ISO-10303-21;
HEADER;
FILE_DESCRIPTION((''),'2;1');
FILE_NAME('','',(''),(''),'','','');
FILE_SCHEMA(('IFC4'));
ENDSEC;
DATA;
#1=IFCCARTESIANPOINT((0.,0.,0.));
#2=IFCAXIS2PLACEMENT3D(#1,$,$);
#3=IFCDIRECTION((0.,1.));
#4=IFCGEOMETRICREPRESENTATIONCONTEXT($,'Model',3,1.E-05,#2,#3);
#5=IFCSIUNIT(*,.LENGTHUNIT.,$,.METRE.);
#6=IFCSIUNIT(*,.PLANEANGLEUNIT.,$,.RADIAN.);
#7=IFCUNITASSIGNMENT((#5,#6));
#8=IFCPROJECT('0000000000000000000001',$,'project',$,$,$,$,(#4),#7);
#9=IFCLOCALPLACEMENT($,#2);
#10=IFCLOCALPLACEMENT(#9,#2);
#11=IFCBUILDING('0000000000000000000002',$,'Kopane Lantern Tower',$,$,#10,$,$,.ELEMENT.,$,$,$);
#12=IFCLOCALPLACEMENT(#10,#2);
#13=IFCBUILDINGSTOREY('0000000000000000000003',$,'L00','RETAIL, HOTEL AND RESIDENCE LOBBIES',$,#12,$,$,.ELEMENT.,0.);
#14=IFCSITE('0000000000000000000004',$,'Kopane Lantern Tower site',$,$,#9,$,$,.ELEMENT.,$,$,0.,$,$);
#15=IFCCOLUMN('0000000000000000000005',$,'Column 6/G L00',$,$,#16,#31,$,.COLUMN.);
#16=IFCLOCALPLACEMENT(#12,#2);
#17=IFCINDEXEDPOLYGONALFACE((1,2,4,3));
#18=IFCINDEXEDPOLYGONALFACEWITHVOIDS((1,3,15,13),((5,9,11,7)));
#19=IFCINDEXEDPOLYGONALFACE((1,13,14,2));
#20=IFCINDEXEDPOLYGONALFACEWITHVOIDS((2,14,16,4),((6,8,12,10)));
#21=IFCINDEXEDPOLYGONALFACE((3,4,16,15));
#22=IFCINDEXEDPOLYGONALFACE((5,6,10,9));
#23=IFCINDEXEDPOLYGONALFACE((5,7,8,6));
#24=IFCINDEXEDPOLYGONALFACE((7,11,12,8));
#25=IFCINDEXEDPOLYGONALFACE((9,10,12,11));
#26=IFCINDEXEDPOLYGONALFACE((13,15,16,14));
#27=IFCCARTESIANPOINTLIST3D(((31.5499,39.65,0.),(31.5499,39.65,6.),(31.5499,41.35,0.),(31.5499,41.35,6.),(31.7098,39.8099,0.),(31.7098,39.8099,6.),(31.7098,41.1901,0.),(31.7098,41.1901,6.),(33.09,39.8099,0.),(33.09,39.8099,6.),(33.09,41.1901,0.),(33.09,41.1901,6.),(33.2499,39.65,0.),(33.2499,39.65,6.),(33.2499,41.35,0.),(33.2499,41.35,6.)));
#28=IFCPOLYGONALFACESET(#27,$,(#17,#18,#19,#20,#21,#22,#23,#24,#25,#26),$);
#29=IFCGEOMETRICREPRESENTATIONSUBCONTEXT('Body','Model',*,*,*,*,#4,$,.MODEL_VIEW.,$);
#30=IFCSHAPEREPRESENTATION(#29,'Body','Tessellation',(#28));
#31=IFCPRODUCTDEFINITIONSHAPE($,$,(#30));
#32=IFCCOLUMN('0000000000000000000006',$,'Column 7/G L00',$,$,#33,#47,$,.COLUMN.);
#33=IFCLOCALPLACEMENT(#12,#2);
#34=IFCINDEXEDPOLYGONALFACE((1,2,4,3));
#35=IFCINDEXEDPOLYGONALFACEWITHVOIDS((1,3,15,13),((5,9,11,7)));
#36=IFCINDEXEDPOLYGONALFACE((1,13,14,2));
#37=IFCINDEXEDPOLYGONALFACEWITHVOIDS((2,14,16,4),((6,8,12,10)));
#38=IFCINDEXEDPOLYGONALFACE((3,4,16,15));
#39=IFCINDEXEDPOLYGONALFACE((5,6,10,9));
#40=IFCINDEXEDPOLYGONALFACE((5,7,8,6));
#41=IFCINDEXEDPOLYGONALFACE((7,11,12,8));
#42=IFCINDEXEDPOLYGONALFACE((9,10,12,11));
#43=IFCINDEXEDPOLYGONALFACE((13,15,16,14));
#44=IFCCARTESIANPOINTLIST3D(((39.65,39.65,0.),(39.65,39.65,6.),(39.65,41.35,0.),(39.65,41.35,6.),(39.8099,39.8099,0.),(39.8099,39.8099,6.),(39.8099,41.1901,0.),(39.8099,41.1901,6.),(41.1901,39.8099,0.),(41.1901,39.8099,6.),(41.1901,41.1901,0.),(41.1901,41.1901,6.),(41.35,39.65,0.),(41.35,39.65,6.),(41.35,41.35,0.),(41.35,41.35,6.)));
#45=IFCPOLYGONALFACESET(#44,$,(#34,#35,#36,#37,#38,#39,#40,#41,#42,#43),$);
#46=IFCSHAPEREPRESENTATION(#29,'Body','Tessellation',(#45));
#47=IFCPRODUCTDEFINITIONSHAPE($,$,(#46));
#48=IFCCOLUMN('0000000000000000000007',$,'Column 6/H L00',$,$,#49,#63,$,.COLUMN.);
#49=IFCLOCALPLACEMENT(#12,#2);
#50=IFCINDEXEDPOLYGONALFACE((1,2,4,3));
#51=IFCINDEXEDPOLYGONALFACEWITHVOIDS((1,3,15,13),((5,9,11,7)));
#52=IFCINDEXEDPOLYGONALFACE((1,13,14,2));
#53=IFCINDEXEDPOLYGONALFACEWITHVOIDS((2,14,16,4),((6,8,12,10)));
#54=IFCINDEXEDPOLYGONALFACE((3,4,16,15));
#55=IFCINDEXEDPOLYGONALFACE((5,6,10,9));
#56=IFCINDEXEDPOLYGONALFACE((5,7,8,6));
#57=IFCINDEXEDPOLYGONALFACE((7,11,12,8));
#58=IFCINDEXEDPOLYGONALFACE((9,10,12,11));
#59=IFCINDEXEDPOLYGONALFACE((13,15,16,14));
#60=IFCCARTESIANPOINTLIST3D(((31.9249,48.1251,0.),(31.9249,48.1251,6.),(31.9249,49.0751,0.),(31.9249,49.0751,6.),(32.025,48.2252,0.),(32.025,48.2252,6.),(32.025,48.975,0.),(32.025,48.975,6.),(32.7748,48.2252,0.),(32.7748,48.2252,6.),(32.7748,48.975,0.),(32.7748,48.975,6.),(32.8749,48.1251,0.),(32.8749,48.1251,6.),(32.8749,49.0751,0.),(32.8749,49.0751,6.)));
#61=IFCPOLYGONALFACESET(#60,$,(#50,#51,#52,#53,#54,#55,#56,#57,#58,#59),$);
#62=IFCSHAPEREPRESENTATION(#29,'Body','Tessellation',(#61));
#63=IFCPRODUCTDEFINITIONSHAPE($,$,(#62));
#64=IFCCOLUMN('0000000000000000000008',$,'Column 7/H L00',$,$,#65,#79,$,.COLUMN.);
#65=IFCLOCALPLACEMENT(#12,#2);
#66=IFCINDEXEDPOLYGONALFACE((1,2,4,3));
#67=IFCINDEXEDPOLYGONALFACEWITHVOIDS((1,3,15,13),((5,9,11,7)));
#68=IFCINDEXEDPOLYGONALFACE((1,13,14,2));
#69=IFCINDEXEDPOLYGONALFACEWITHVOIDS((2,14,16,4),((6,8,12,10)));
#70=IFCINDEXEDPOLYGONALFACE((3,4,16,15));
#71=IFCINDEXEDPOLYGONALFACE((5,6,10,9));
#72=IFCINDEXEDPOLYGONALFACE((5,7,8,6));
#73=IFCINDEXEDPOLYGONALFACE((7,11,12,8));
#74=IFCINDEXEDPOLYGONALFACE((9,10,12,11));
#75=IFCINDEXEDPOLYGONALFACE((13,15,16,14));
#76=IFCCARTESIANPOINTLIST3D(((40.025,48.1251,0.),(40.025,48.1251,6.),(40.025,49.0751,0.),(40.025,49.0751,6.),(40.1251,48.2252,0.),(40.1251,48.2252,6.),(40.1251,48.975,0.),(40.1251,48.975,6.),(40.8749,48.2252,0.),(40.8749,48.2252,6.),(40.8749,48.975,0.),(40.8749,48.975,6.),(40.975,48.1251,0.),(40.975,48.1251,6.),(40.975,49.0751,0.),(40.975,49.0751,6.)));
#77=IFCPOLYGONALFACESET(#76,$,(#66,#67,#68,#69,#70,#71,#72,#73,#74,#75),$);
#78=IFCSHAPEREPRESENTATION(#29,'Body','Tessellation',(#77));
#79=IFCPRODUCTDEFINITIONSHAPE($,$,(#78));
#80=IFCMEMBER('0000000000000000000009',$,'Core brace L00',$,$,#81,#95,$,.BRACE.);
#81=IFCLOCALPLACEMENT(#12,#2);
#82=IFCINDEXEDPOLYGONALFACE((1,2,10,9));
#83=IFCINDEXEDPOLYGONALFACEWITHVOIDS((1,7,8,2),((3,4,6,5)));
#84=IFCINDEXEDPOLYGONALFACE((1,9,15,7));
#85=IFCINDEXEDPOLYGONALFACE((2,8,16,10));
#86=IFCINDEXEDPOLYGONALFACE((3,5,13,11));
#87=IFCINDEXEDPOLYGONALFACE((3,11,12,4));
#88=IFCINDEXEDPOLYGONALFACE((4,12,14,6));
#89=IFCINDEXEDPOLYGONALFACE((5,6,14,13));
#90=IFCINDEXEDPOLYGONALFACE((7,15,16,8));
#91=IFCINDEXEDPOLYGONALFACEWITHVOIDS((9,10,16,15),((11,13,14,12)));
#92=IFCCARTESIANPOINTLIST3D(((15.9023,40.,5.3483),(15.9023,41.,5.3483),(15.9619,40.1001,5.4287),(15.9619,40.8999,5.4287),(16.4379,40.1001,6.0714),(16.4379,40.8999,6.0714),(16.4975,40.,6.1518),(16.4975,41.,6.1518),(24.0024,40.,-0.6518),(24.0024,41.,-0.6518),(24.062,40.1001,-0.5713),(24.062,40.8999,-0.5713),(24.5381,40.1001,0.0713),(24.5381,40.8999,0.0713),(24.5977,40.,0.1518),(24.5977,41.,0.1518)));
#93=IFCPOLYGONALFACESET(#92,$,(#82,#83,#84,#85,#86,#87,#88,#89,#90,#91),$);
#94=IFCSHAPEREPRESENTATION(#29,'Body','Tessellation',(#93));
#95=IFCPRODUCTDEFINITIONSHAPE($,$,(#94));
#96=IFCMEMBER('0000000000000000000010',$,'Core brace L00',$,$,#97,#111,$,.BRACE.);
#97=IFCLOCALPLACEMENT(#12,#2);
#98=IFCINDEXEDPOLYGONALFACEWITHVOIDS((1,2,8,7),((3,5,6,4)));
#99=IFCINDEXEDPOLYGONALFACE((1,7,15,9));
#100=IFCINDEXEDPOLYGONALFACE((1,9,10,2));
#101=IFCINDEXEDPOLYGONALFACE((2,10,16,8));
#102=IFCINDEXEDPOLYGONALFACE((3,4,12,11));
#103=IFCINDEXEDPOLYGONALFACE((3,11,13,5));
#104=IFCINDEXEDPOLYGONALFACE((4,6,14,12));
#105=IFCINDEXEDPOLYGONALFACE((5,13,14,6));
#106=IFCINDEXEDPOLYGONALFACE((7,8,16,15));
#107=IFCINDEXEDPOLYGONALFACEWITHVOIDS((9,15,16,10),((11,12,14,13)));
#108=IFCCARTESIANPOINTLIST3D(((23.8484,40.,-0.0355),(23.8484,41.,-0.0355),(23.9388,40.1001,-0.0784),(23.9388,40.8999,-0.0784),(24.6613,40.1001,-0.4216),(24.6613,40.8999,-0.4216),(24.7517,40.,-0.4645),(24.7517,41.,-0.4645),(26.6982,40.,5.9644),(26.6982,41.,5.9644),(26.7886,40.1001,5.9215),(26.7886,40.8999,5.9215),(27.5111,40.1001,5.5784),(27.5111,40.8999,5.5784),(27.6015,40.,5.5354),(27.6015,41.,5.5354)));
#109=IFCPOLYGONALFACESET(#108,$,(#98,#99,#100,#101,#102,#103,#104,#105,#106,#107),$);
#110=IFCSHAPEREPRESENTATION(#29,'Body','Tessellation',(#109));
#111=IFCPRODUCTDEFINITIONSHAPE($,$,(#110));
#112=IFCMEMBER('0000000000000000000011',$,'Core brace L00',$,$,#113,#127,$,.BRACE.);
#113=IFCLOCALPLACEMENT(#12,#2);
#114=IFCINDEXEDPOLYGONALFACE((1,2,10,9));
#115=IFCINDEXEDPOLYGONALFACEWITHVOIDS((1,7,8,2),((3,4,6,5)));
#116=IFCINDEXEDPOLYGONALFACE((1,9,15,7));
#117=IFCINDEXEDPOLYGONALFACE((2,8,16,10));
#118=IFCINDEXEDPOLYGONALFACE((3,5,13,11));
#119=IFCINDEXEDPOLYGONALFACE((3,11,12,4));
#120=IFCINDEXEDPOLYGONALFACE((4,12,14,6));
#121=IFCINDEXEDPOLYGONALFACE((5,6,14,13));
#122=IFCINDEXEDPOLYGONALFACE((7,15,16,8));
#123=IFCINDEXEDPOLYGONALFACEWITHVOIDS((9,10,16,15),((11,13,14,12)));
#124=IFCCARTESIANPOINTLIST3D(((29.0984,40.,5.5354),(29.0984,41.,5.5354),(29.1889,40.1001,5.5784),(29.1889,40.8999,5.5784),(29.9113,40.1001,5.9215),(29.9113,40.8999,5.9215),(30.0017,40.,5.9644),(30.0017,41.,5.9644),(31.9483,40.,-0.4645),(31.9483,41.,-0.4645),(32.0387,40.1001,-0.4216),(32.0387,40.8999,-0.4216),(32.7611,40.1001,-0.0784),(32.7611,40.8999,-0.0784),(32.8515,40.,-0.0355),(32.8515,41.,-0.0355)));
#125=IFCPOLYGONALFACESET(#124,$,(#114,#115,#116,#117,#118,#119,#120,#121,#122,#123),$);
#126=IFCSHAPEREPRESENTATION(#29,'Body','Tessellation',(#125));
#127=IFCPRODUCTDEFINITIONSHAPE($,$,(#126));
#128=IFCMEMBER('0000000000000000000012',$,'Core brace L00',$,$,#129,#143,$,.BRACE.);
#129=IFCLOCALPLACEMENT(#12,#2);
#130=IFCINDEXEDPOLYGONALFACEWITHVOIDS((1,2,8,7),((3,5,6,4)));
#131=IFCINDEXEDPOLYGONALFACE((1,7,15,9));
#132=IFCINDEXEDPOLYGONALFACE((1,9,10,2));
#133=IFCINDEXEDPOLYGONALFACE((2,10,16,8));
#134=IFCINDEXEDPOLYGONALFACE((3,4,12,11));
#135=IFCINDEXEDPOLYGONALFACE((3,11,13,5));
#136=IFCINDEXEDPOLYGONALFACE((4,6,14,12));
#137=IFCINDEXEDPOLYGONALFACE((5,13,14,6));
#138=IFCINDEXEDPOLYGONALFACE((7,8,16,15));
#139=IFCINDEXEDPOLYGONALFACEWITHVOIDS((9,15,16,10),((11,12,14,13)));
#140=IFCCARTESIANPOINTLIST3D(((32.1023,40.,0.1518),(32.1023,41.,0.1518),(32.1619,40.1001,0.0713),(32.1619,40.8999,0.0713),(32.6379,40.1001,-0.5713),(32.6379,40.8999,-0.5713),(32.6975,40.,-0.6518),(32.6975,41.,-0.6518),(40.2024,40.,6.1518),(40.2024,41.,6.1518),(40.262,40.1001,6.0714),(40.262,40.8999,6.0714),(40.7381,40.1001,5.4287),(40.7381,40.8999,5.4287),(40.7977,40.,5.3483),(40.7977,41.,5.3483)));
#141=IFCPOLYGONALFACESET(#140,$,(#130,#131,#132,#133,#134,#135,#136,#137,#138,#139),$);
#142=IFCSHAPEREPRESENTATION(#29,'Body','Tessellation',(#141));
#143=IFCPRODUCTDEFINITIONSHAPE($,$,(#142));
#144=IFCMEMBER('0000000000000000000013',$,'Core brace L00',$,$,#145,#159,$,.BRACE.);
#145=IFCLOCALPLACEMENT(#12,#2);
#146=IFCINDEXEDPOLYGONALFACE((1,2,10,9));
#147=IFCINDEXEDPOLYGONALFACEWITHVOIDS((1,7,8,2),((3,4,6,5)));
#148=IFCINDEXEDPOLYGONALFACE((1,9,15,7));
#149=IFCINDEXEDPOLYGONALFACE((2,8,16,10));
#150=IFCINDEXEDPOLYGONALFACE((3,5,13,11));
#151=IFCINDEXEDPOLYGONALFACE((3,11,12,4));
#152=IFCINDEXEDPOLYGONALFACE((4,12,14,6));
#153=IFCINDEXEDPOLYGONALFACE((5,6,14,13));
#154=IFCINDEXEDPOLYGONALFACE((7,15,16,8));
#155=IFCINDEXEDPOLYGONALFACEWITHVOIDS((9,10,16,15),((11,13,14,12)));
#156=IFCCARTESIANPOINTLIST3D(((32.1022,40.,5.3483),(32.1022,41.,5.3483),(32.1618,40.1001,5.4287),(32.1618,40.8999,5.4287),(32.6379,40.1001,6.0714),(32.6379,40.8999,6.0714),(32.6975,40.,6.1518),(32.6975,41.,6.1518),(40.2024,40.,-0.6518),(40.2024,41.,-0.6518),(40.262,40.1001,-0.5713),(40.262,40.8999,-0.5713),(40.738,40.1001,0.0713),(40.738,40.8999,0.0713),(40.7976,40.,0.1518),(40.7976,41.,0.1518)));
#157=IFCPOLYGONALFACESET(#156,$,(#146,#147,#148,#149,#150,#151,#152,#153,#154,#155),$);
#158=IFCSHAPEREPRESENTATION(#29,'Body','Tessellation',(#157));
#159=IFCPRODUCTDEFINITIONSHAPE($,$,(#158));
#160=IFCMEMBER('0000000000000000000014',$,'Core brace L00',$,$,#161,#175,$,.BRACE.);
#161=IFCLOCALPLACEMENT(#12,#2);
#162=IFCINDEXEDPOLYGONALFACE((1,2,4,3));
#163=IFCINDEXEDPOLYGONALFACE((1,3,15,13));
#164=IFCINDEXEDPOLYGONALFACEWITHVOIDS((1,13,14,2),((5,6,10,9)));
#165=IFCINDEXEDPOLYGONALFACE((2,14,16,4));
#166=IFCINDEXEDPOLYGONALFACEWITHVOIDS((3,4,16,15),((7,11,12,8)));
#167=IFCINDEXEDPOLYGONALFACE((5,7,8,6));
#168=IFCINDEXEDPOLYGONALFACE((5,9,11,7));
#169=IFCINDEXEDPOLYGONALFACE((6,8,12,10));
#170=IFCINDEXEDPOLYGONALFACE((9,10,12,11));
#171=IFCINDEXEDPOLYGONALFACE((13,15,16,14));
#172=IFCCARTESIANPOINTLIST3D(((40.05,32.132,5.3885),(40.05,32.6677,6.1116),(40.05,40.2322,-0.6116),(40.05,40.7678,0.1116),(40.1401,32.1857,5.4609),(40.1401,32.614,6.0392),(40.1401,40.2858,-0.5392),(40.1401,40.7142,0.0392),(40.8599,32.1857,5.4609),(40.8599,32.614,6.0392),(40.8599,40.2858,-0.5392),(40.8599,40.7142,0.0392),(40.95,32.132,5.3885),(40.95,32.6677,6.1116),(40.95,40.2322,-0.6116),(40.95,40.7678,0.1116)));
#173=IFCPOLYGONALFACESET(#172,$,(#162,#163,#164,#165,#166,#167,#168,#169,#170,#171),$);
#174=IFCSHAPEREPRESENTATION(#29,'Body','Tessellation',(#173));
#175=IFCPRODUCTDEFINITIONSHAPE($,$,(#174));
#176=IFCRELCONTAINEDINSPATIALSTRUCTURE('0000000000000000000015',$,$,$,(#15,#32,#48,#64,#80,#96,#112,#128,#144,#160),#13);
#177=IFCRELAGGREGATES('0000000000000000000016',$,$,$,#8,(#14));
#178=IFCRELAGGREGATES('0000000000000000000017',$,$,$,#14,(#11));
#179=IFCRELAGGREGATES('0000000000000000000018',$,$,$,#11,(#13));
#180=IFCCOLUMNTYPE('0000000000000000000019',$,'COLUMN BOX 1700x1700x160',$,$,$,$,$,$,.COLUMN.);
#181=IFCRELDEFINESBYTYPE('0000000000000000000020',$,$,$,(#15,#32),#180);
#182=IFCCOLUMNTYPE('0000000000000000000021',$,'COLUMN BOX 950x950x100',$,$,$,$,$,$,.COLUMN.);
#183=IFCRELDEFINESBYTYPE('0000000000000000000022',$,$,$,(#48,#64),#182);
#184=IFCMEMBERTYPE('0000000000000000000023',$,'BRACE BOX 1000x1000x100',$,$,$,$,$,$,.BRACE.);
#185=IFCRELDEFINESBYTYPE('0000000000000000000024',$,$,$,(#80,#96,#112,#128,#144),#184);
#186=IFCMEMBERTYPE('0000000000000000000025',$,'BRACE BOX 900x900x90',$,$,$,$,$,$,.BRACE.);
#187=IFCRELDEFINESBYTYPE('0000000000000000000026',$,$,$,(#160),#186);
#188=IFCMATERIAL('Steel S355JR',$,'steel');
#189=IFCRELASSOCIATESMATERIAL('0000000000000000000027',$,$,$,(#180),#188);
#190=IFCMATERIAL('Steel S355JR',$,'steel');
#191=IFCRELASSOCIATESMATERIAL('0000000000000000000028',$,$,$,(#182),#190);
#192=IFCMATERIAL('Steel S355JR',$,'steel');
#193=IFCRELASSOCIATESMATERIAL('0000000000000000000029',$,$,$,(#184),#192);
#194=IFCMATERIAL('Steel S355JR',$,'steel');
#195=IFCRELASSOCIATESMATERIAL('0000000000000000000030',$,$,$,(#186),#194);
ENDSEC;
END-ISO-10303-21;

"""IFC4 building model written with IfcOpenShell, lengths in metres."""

from ifc_helpers import new_model, si_unit, direction, frame, origin, origin_2d, place, context, subcontext, project, spatial, hollow_rectangle, extrude, material, material_profile, profile_set, type_object, element, save


model = new_model("IFC4")

# Units and contexts
model_context = context("Model", 3, precision=1e-05, world=origin(), true_north=direction((0.0, 1.0)))
body_context = subcontext(model_context, "Body", "Model", "MODEL_VIEW")
ifc_project = project(units=[si_unit("LENGTHUNIT", "METRE"), si_unit("PLANEANGLEUNIT", "RADIAN")], contexts=[model_context])

# Site, building, storey
site_placement = place(None, origin())
site = spatial("IfcSite", under=ifc_project, at=site_placement, Name="Kopane Lantern Tower site", CompositionType="ELEMENT", RefElevation=0.0)
building_placement = place(site_placement, origin())
building = spatial("IfcBuilding", under=site, at=building_placement, Name="Kopane Lantern Tower", CompositionType="ELEMENT")
storey_placement = place(building_placement, origin())
storey = spatial("IfcBuildingStorey", under=building, at=storey_placement, Name="L00", Description="RETAIL, HOTEL AND RESIDENCE LOBBIES", CompositionType="ELEMENT", Elevation=0.0)

# Columns
ifc_material_1 = material(Name="Steel S355JR", Category="steel")
ifc_material_profile_1 = material_profile(ifc_material_1, hollow_rectangle(XDim=1.7, YDim=1.7, WallThickness=0.1599, at=origin_2d()), Name="BOX 1700x1700x160")
ifc_profile_set_1 = profile_set([ifc_material_profile_1], Name="Steel S355JR")
column_type_1 = type_object("IfcColumnType", Name="COLUMN BOX 1700x1700x160", PredefinedType="COLUMN", material=ifc_profile_set_1)
for number, where, z_axis, x_axis, name in (
    (1, (32.3999, 40.5, 0.0), (0.0, 0.0, 1.0), (1.0, 0.0, 0.0), "Column 6/G L00"),
    (2, (40.5, 40.5, 0.0), (0.0, 0.0, 1.0), (1.0, 0.0, 0.0), "Column 7/G L00"),
):
    element("IfcColumn", number, at=place(storey_placement, frame(where, z_axis=z_axis, x_axis=x_axis)), inside=storey, type_object=column_type_1, Name=name, PredefinedType="COLUMN", context=body_context, shape_type="SweptSolid", body=[
        extrude(hollow_rectangle(XDim=1.7, YDim=1.7, WallThickness=0.1599, at=origin_2d()), origin(), (0.0, 0.0, 1.0), 6.0),
    ])
ifc_material_2 = material(Name="Steel S355JR", Category="steel")
ifc_material_profile_2 = material_profile(ifc_material_2, hollow_rectangle(XDim=0.95, YDim=0.95, WallThickness=0.1001, at=origin_2d()), Name="BOX 950x950x100")
ifc_profile_set_2 = profile_set([ifc_material_profile_2], Name="Steel S355JR")
column_type_2 = type_object("IfcColumnType", Name="COLUMN BOX 950x950x100", PredefinedType="COLUMN", material=ifc_profile_set_2)
for number, where, z_axis, x_axis, name in (
    (3, (32.3999, 48.6001, 0.0), (0.0, 0.0, 1.0), (1.0, 0.0, 0.0), "Column 6/H L00"),
    (4, (40.5, 48.6001, 0.0), (0.0, 0.0, 1.0), (1.0, 0.0, 0.0), "Column 7/H L00"),
):
    element("IfcColumn", number, at=place(storey_placement, frame(where, z_axis=z_axis, x_axis=x_axis)), inside=storey, type_object=column_type_2, Name=name, PredefinedType="COLUMN", context=body_context, shape_type="SweptSolid", body=[
        extrude(hollow_rectangle(XDim=0.95, YDim=0.95, WallThickness=0.1001, at=origin_2d()), origin(), (0.0, 0.0, 1.0), 6.0),
    ])

# Members
ifc_material_3 = material(Name="Steel S355JR", Category="steel")
ifc_material_profile_3 = material_profile(ifc_material_3, hollow_rectangle(XDim=1.0, YDim=1.0, WallThickness=0.1001, at=origin_2d()), Name="BOX 1000x1000x100")
ifc_profile_set_3 = profile_set([ifc_material_profile_3], Name="Steel S355JR")
member_type_1 = type_object("IfcMemberType", Name="BRACE BOX 1000x1000x100", PredefinedType="BRACE", material=ifc_profile_set_3)
member_1_placement = place(storey_placement, frame((24.3, 40.5, -0.25), z_axis=(-0.803561, 0.0, 0.595223), x_axis=(0.0, -1.0, 0.0)))
element("IfcMember", 5, at=member_1_placement, inside=storey, type_object=member_type_1, Name="Core brace L00", PredefinedType="BRACE", context=body_context, shape_type="SweptSolid", body=[
    extrude(hollow_rectangle(XDim=1.0, YDim=1.0, WallThickness=0.1001, at=origin_2d()), origin(), (0.0, 0.0, 1.0), 10.0803),
])
for number, where, z_axis, x_axis, name in (
    (6, (24.3, 40.5, -0.25), (0.429039, 0.0, 0.903286), (0.0, 1.0, 0.0), "Core brace L00"),
    (7, (32.3999, 40.5, -0.25), (-0.429039, 0.0, 0.903286), (0.0, -1.0, 0.0), "Core brace L00"),
):
    element("IfcMember", number, at=place(storey_placement, frame(where, z_axis=z_axis, x_axis=x_axis)), inside=storey, type_object=member_type_1, Name=name, PredefinedType="BRACE", context=body_context, shape_type="SweptSolid", body=[
        extrude(hollow_rectangle(XDim=1.0, YDim=1.0, WallThickness=0.1001, at=origin_2d()), origin(), (0.0, 0.0, 1.0), 6.6423),
    ])
for number, where, z_axis, x_axis, name in (
    (8, (32.3999, 40.5, -0.25), (0.803561, 0.0, 0.595223), (0.0, 1.0, 0.0), "Core brace L00"),
    (9, (40.5, 40.5, -0.25), (-0.803561, 0.0, 0.595223), (0.0, -1.0, 0.0), "Core brace L00"),
):
    element("IfcMember", number, at=place(storey_placement, frame(where, z_axis=z_axis, x_axis=x_axis)), inside=storey, type_object=member_type_1, Name=name, PredefinedType="BRACE", context=body_context, shape_type="SweptSolid", body=[
        extrude(hollow_rectangle(XDim=1.0, YDim=1.0, WallThickness=0.1001, at=origin_2d()), origin(), (0.0, 0.0, 1.0), 10.0803),
    ])
ifc_material_4 = material(Name="Steel S355JR", Category="steel")
ifc_material_profile_4 = material_profile(ifc_material_4, hollow_rectangle(XDim=0.8999, YDim=0.8999, WallThickness=0.0901, at=origin_2d()), Name="BOX 900x900x90")
ifc_profile_set_4 = profile_set([ifc_material_profile_4], Name="Steel S355JR")
member_type_2 = type_object("IfcMemberType", Name="BRACE BOX 900x900x90", PredefinedType="BRACE", material=ifc_profile_set_4)
member_2_placement = place(storey_placement, frame((40.5, 40.5, -0.25), z_axis=(0.0, -0.803561, 0.595223), x_axis=(1.0, 0.0, 0.0)))
element("IfcMember", 10, at=member_2_placement, inside=storey, type_object=member_type_2, Name="Core brace L00", PredefinedType="BRACE", context=body_context, shape_type="SweptSolid", body=[
    extrude(hollow_rectangle(XDim=0.8999, YDim=0.8999, WallThickness=0.0901, at=origin_2d()), origin(), (0.0, 0.0, 1.0), 10.0803),
])

save(model, "model.ifc")
